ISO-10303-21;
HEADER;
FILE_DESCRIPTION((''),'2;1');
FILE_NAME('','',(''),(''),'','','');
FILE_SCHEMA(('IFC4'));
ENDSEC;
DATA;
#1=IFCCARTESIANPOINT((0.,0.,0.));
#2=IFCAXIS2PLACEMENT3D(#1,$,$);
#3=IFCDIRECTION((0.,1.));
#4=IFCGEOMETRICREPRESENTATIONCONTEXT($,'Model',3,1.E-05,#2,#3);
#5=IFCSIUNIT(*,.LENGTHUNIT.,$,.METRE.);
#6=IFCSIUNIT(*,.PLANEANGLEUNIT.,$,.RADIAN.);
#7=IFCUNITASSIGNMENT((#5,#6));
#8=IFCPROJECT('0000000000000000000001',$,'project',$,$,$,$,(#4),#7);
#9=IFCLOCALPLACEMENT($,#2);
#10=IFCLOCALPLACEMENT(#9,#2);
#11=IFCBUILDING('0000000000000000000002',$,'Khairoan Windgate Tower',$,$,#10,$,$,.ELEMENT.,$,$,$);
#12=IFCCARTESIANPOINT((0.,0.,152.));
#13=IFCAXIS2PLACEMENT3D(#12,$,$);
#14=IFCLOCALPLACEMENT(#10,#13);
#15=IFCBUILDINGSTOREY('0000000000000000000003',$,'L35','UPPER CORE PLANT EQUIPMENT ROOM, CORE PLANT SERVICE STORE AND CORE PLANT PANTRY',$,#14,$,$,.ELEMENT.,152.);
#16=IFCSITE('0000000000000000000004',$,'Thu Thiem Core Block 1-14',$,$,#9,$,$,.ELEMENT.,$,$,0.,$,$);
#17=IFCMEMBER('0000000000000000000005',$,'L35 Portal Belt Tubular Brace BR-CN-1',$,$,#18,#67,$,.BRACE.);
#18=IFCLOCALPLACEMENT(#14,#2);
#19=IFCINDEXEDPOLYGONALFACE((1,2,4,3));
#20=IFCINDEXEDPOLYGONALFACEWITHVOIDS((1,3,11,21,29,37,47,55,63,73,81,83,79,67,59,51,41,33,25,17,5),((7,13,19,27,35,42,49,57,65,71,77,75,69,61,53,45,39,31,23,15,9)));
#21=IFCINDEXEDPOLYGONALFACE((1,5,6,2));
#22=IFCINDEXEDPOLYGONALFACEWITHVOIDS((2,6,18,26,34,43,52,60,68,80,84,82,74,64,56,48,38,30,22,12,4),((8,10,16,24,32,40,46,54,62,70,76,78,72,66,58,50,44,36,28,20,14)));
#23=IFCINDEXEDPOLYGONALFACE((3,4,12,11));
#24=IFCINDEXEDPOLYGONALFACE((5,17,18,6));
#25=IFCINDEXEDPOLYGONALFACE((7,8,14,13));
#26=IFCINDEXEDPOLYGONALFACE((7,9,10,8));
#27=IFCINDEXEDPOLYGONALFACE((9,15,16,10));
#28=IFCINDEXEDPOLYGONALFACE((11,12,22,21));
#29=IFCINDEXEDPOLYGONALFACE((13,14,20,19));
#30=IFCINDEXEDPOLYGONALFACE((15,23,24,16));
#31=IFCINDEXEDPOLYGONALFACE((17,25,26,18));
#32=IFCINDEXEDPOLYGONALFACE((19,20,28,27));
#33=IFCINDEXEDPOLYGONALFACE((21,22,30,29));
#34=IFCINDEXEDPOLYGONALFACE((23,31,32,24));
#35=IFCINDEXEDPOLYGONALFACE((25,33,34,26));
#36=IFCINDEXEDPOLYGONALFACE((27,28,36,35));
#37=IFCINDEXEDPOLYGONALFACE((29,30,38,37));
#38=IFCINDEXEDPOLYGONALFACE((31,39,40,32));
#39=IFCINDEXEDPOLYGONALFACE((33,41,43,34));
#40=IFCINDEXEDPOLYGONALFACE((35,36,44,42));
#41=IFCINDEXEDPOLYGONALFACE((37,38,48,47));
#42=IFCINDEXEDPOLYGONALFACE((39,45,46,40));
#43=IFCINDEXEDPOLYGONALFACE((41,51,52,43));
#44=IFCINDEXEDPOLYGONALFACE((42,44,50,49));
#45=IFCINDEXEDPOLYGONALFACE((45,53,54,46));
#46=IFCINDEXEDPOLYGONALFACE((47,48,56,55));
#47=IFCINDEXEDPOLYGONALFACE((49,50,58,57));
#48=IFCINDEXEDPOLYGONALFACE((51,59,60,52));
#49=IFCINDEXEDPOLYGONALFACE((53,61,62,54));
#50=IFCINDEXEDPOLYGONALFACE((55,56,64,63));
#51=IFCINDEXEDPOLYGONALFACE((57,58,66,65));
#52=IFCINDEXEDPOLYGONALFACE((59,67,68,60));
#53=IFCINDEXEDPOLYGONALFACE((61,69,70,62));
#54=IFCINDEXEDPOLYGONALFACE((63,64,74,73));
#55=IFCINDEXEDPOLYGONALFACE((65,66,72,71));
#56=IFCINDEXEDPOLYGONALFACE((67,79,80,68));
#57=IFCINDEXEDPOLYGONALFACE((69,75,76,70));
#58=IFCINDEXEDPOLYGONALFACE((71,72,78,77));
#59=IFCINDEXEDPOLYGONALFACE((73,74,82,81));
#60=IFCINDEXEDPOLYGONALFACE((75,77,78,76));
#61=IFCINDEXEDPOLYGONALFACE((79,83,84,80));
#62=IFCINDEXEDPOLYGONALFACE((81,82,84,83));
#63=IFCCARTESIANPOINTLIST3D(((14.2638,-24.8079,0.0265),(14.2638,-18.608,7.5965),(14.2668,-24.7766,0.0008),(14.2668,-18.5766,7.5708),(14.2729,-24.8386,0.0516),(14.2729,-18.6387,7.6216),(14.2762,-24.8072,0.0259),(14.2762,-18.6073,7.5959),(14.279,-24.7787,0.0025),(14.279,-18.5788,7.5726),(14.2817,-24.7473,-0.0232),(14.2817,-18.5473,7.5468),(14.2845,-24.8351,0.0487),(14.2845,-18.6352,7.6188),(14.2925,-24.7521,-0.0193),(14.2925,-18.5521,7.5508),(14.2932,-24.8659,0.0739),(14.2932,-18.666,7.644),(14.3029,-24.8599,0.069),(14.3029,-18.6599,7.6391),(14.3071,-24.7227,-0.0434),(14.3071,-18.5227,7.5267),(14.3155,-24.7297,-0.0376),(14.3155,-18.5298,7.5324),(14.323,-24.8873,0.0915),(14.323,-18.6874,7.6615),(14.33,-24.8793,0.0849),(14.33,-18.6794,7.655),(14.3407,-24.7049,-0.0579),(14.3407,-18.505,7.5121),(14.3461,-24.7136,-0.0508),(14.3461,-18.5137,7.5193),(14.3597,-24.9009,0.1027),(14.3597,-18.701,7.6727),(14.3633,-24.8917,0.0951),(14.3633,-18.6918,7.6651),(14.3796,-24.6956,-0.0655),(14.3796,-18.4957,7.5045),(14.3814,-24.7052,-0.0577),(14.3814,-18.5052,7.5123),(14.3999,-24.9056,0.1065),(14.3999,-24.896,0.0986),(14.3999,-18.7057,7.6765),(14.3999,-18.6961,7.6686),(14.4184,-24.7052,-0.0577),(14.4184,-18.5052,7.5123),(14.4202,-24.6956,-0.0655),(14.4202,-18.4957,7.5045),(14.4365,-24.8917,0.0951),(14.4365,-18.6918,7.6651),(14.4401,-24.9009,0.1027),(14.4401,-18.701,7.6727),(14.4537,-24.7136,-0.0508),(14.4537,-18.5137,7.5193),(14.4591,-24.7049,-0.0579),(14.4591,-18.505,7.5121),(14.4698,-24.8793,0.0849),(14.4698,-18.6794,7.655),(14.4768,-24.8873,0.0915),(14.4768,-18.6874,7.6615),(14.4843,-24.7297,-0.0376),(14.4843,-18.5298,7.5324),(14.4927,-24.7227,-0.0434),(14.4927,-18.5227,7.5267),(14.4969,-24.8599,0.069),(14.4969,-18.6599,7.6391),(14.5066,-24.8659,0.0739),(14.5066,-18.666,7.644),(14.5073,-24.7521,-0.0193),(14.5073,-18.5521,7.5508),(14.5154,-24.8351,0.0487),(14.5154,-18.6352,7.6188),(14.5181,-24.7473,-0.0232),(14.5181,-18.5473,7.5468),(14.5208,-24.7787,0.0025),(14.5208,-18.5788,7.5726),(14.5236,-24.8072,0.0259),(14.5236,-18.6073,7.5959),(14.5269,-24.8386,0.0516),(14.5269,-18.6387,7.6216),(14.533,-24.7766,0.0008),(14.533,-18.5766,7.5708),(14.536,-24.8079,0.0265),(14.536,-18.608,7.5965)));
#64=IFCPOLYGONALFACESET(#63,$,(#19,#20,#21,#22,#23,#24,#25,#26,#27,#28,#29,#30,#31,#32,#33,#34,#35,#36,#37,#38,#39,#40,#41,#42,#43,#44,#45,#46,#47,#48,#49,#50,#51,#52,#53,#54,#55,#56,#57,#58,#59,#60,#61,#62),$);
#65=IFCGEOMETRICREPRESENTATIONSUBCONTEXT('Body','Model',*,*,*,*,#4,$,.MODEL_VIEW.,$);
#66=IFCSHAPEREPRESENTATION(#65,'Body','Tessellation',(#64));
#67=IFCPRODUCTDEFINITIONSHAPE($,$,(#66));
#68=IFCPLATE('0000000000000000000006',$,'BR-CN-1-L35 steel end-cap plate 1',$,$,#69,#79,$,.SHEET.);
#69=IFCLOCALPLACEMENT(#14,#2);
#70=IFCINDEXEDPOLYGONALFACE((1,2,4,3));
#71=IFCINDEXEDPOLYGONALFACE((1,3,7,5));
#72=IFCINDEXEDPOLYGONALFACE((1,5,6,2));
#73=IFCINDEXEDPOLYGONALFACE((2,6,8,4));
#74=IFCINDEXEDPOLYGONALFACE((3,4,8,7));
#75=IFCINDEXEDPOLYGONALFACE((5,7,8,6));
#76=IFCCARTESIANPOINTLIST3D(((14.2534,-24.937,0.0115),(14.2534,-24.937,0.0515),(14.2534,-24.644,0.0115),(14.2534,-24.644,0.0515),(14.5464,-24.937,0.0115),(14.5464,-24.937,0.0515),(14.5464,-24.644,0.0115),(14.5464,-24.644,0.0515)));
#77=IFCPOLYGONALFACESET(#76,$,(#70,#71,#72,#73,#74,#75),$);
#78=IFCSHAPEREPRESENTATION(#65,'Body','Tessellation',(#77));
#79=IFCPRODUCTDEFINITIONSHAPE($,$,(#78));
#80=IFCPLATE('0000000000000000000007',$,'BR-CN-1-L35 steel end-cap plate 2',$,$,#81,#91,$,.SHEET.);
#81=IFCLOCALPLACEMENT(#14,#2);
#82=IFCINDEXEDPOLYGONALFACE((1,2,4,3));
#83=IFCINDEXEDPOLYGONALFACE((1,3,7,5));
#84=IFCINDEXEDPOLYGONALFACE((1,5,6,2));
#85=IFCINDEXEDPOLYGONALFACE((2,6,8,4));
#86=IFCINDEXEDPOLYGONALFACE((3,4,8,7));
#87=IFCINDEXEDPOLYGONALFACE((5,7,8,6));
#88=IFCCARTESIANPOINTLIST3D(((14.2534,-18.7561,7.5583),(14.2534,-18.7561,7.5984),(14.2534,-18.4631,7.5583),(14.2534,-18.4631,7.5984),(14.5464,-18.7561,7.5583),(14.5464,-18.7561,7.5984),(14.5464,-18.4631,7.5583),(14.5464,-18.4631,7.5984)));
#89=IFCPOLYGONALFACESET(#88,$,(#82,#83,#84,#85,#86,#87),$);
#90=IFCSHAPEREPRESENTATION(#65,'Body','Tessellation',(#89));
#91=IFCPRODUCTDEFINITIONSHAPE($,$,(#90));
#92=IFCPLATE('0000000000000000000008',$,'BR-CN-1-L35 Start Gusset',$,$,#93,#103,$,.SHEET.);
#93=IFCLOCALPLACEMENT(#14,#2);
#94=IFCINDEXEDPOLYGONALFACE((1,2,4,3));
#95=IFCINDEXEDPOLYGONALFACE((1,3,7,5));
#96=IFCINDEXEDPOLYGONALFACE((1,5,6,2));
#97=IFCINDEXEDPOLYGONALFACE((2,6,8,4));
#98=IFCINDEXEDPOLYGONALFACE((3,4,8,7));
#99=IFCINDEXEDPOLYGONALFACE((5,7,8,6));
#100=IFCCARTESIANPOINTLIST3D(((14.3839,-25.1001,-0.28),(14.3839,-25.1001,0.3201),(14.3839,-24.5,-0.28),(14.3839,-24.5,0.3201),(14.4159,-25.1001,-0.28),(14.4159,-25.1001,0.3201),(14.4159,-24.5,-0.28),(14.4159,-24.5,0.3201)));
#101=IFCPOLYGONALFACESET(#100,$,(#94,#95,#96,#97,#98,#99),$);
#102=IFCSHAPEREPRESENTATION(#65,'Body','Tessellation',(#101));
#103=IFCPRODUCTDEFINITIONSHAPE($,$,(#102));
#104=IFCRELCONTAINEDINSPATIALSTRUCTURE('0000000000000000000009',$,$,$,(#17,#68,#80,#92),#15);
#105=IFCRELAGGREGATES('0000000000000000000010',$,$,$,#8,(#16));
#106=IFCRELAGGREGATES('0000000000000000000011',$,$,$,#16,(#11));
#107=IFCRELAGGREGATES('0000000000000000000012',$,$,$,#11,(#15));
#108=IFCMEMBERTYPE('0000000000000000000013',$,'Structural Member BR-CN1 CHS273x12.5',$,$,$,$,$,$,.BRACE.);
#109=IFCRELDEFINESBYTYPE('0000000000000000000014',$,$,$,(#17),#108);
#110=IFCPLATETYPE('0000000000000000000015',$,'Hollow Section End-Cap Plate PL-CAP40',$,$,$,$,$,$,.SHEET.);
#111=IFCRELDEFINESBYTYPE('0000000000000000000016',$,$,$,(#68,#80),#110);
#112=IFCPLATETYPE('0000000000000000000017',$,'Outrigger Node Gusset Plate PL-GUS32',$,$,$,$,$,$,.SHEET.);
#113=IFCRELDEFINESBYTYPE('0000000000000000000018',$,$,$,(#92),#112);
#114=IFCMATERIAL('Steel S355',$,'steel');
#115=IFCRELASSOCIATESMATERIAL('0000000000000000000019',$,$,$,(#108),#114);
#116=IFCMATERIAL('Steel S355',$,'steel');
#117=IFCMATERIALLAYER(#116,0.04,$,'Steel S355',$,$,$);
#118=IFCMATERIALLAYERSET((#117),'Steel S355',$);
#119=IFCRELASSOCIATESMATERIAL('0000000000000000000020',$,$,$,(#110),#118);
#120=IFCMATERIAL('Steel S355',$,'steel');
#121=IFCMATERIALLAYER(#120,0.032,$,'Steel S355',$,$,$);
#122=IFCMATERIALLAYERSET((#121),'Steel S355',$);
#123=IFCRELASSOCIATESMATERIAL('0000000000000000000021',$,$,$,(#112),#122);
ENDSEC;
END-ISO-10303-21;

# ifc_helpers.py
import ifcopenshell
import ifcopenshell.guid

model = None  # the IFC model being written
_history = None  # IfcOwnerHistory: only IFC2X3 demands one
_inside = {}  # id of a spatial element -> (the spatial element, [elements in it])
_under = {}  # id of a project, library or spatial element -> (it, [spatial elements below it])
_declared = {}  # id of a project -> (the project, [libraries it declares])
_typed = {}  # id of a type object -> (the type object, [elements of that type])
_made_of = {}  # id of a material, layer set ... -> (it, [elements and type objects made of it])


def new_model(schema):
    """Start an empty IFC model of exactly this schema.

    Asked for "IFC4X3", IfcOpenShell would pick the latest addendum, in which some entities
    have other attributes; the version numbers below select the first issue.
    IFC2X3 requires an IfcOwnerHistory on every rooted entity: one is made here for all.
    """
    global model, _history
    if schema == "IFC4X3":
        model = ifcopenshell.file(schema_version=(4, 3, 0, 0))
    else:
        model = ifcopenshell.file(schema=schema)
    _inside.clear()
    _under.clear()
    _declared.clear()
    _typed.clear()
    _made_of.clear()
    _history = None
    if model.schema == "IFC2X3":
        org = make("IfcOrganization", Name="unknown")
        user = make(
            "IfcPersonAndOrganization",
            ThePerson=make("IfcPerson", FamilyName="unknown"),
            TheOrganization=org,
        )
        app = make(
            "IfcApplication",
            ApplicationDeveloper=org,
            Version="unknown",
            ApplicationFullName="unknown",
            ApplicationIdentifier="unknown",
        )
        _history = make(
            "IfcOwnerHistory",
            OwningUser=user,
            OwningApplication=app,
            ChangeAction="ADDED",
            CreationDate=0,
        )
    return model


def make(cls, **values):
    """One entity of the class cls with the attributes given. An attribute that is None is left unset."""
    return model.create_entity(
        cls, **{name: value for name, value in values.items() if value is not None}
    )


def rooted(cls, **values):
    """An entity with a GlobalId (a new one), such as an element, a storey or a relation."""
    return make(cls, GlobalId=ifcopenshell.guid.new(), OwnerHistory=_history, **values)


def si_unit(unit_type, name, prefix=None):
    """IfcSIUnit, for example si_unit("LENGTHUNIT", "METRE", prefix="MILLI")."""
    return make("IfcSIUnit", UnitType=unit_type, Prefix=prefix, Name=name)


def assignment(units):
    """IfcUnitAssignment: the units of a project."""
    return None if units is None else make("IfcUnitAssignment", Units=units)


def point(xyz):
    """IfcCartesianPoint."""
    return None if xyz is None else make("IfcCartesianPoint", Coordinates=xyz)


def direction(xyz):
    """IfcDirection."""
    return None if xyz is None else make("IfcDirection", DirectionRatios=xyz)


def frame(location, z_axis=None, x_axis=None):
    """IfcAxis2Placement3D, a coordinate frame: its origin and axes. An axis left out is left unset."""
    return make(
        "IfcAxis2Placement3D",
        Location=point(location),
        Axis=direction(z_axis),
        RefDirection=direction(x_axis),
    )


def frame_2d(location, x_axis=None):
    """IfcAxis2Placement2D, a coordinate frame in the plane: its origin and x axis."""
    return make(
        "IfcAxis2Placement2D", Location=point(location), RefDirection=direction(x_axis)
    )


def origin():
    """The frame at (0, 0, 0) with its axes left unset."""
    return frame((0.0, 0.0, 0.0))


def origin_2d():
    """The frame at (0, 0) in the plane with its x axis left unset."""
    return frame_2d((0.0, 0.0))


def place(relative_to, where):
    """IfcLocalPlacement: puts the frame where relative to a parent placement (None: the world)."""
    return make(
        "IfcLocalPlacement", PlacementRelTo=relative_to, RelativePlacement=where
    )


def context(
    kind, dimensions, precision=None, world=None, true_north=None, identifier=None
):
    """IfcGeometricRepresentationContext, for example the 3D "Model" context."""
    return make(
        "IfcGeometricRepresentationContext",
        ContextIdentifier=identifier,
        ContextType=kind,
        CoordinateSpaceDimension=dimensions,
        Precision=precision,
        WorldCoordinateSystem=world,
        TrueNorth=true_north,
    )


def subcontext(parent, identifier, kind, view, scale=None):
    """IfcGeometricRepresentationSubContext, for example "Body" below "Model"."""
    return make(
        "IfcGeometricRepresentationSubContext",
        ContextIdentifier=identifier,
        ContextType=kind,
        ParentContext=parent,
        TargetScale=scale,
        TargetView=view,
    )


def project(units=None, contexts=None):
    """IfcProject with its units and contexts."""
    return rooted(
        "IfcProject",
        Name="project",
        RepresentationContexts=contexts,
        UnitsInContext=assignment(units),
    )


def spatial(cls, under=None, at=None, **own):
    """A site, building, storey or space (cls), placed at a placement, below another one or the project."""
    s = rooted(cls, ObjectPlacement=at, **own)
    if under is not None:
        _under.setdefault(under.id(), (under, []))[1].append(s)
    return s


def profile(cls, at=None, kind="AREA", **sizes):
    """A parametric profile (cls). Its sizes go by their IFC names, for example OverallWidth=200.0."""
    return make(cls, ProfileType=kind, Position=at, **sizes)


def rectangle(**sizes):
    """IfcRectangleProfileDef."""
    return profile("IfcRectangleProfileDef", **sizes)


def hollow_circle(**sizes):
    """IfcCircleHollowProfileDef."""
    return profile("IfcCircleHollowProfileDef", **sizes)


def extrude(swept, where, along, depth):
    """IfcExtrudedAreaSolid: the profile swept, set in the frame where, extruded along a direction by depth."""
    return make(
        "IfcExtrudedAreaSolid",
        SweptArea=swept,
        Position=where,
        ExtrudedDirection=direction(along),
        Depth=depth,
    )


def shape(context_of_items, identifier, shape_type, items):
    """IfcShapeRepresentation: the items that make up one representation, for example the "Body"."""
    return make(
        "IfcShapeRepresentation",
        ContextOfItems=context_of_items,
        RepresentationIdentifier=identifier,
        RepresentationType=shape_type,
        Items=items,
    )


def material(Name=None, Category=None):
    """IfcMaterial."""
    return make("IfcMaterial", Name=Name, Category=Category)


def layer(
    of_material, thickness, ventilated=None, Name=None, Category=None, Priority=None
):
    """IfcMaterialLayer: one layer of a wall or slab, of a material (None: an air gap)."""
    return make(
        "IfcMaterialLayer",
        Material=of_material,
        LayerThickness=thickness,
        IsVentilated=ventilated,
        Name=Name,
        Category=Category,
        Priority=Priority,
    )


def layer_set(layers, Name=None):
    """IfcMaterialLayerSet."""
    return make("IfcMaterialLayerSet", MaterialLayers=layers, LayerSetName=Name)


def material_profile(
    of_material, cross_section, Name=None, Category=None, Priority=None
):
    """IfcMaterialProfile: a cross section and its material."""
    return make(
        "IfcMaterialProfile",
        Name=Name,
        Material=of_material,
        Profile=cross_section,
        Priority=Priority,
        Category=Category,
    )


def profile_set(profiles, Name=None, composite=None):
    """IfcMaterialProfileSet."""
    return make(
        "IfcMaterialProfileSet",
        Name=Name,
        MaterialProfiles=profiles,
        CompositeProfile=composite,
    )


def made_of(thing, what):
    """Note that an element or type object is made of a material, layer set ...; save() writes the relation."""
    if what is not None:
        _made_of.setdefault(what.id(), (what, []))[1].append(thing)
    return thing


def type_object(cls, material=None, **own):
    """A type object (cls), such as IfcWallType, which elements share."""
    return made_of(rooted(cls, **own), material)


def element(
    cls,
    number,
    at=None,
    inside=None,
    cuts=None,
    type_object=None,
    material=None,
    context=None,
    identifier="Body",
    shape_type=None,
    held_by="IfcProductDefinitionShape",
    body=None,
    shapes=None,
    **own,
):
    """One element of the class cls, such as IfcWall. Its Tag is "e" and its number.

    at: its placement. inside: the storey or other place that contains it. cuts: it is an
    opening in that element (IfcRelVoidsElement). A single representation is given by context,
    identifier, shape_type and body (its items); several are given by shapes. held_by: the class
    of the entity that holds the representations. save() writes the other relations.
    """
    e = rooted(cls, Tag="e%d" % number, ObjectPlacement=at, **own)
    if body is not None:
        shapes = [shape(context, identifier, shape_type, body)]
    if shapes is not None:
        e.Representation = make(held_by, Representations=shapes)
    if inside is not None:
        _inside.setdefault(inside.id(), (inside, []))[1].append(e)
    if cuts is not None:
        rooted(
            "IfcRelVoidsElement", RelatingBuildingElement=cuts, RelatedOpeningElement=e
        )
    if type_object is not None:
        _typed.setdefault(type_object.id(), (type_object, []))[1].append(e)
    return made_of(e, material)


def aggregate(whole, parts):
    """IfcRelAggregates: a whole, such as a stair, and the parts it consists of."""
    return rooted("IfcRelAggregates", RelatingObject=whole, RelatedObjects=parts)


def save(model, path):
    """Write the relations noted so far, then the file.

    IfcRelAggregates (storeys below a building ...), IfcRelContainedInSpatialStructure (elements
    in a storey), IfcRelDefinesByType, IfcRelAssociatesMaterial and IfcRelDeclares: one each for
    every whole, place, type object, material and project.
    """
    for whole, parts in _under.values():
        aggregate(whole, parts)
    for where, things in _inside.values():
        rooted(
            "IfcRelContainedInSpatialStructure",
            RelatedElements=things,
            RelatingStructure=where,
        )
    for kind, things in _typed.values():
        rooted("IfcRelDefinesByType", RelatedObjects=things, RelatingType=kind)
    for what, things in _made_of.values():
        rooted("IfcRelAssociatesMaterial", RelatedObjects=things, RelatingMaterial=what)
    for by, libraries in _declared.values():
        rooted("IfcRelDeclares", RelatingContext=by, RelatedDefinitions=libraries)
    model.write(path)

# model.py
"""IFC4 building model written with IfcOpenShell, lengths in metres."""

from ifc_helpers import new_model, si_unit, direction, frame, origin, origin_2d, place, context, subcontext, project, spatial, rectangle, hollow_circle, extrude, material, layer, layer_set, material_profile, profile_set, type_object, element, save


model = new_model("IFC4")

# Units and contexts
model_context = context("Model", 3, precision=1e-05, world=origin(), true_north=direction((0.0, 1.0)))
body_context = subcontext(model_context, "Body", "Model", "MODEL_VIEW")
ifc_project = project(units=[si_unit("LENGTHUNIT", "METRE"), si_unit("PLANEANGLEUNIT", "RADIAN")], contexts=[model_context])

# Site, building, storey
site_placement = place(None, origin())
site = spatial("IfcSite", under=ifc_project, at=site_placement, Name="Thu Thiem Core Block 1-14", CompositionType="ELEMENT", RefElevation=0.0)
building_placement = place(site_placement, origin())
building = spatial("IfcBuilding", under=site, at=building_placement, Name="Khairoan Windgate Tower", CompositionType="ELEMENT")
storey_placement = place(building_placement, frame((0.0, 0.0, 152.0)))
storey = spatial("IfcBuildingStorey", under=building, at=storey_placement, Name="L35", Description="UPPER CORE PLANT EQUIPMENT ROOM, CORE PLANT SERVICE STORE AND CORE PLANT PANTRY", CompositionType="ELEMENT", Elevation=152.0)

# Member
ifc_material_1 = material(Name="Steel S355", Category="steel")
ifc_material_profile_1 = material_profile(ifc_material_1, hollow_circle(Radius=0.1365, WallThickness=0.0125, at=origin_2d()))
ifc_profile_set_1 = profile_set([ifc_material_profile_1], Name="Steel S355")
member_type = type_object("IfcMemberType", Name="Structural Member BR-CN1 CHS273x12.5", PredefinedType="BRACE", material=ifc_profile_set_1)
member_placement = place(storey_placement, frame((14.3999, -24.8, 0.02), z_axis=(0.0, 0.633621, 0.773644), x_axis=(0.0, -0.773644, 0.633621)))
element("IfcMember", 1, at=member_placement, inside=storey, type_object=member_type, Name="L35 Portal Belt Tubular Brace BR-CN-1", PredefinedType="BRACE", context=body_context, shape_type="SweptSolid", body=[
    extrude(hollow_circle(Radius=0.1365, WallThickness=0.0125, at=origin_2d()), origin(), (0.0, 0.0, 1.0), 9.7849),
])

# Plates
ifc_material_2 = material(Name="Steel S355", Category="steel")
ifc_layer_1 = layer(ifc_material_2, 0.04, Name="Steel S355")
ifc_layer_set_1 = layer_set([ifc_layer_1], Name="Steel S355")
plate_type_1 = type_object("IfcPlateType", Name="Hollow Section End-Cap Plate PL-CAP40", PredefinedType="SHEET", material=ifc_layer_set_1)
for number, where, z_axis, x_axis, name in (
    (2, (14.3999, -24.7905, 0.0115), (0.0, 0.0, 1.0), (0.0, 1.0, 0.0), "BR-CN-1-L35 steel end-cap plate 1"),
    (3, (14.3999, -18.6096, 7.5583), (0.0, 0.0, 1.0), (0.0, 1.0, 0.0), "BR-CN-1-L35 steel end-cap plate 2"),
):
    element("IfcPlate", number, at=place(storey_placement, frame(where, z_axis=z_axis, x_axis=x_axis)), inside=storey, type_object=plate_type_1, Name=name, PredefinedType="SHEET", context=body_context, shape_type="SweptSolid", body=[
        extrude(rectangle(XDim=0.293, YDim=0.293, at=origin_2d()), origin(), (0.0, 0.0, 1.0), 0.04),
    ])
ifc_material_3 = material(Name="Steel S355", Category="steel")
ifc_layer_2 = layer(ifc_material_3, 0.032, Name="Steel S355")
ifc_layer_set_2 = layer_set([ifc_layer_2], Name="Steel S355")
plate_type_2 = type_object("IfcPlateType", Name="Outrigger Node Gusset Plate PL-GUS32", PredefinedType="SHEET", material=ifc_layer_set_2)
plate_placement = place(storey_placement, frame((14.3999, -24.8, -0.28), z_axis=(0.0, 0.0, 1.0), x_axis=(1.0, 0.0, 0.0)))
element("IfcPlate", 4, at=plate_placement, inside=storey, type_object=plate_type_2, Name="BR-CN-1-L35 Start Gusset", PredefinedType="SHEET", context=body_context, shape_type="SweptSolid", body=[
    extrude(rectangle(XDim=0.032, YDim=0.6001, at=origin_2d()), origin(), (0.0, 0.0, 1.0), 0.6001),
])

save(model, "model.ifc")
